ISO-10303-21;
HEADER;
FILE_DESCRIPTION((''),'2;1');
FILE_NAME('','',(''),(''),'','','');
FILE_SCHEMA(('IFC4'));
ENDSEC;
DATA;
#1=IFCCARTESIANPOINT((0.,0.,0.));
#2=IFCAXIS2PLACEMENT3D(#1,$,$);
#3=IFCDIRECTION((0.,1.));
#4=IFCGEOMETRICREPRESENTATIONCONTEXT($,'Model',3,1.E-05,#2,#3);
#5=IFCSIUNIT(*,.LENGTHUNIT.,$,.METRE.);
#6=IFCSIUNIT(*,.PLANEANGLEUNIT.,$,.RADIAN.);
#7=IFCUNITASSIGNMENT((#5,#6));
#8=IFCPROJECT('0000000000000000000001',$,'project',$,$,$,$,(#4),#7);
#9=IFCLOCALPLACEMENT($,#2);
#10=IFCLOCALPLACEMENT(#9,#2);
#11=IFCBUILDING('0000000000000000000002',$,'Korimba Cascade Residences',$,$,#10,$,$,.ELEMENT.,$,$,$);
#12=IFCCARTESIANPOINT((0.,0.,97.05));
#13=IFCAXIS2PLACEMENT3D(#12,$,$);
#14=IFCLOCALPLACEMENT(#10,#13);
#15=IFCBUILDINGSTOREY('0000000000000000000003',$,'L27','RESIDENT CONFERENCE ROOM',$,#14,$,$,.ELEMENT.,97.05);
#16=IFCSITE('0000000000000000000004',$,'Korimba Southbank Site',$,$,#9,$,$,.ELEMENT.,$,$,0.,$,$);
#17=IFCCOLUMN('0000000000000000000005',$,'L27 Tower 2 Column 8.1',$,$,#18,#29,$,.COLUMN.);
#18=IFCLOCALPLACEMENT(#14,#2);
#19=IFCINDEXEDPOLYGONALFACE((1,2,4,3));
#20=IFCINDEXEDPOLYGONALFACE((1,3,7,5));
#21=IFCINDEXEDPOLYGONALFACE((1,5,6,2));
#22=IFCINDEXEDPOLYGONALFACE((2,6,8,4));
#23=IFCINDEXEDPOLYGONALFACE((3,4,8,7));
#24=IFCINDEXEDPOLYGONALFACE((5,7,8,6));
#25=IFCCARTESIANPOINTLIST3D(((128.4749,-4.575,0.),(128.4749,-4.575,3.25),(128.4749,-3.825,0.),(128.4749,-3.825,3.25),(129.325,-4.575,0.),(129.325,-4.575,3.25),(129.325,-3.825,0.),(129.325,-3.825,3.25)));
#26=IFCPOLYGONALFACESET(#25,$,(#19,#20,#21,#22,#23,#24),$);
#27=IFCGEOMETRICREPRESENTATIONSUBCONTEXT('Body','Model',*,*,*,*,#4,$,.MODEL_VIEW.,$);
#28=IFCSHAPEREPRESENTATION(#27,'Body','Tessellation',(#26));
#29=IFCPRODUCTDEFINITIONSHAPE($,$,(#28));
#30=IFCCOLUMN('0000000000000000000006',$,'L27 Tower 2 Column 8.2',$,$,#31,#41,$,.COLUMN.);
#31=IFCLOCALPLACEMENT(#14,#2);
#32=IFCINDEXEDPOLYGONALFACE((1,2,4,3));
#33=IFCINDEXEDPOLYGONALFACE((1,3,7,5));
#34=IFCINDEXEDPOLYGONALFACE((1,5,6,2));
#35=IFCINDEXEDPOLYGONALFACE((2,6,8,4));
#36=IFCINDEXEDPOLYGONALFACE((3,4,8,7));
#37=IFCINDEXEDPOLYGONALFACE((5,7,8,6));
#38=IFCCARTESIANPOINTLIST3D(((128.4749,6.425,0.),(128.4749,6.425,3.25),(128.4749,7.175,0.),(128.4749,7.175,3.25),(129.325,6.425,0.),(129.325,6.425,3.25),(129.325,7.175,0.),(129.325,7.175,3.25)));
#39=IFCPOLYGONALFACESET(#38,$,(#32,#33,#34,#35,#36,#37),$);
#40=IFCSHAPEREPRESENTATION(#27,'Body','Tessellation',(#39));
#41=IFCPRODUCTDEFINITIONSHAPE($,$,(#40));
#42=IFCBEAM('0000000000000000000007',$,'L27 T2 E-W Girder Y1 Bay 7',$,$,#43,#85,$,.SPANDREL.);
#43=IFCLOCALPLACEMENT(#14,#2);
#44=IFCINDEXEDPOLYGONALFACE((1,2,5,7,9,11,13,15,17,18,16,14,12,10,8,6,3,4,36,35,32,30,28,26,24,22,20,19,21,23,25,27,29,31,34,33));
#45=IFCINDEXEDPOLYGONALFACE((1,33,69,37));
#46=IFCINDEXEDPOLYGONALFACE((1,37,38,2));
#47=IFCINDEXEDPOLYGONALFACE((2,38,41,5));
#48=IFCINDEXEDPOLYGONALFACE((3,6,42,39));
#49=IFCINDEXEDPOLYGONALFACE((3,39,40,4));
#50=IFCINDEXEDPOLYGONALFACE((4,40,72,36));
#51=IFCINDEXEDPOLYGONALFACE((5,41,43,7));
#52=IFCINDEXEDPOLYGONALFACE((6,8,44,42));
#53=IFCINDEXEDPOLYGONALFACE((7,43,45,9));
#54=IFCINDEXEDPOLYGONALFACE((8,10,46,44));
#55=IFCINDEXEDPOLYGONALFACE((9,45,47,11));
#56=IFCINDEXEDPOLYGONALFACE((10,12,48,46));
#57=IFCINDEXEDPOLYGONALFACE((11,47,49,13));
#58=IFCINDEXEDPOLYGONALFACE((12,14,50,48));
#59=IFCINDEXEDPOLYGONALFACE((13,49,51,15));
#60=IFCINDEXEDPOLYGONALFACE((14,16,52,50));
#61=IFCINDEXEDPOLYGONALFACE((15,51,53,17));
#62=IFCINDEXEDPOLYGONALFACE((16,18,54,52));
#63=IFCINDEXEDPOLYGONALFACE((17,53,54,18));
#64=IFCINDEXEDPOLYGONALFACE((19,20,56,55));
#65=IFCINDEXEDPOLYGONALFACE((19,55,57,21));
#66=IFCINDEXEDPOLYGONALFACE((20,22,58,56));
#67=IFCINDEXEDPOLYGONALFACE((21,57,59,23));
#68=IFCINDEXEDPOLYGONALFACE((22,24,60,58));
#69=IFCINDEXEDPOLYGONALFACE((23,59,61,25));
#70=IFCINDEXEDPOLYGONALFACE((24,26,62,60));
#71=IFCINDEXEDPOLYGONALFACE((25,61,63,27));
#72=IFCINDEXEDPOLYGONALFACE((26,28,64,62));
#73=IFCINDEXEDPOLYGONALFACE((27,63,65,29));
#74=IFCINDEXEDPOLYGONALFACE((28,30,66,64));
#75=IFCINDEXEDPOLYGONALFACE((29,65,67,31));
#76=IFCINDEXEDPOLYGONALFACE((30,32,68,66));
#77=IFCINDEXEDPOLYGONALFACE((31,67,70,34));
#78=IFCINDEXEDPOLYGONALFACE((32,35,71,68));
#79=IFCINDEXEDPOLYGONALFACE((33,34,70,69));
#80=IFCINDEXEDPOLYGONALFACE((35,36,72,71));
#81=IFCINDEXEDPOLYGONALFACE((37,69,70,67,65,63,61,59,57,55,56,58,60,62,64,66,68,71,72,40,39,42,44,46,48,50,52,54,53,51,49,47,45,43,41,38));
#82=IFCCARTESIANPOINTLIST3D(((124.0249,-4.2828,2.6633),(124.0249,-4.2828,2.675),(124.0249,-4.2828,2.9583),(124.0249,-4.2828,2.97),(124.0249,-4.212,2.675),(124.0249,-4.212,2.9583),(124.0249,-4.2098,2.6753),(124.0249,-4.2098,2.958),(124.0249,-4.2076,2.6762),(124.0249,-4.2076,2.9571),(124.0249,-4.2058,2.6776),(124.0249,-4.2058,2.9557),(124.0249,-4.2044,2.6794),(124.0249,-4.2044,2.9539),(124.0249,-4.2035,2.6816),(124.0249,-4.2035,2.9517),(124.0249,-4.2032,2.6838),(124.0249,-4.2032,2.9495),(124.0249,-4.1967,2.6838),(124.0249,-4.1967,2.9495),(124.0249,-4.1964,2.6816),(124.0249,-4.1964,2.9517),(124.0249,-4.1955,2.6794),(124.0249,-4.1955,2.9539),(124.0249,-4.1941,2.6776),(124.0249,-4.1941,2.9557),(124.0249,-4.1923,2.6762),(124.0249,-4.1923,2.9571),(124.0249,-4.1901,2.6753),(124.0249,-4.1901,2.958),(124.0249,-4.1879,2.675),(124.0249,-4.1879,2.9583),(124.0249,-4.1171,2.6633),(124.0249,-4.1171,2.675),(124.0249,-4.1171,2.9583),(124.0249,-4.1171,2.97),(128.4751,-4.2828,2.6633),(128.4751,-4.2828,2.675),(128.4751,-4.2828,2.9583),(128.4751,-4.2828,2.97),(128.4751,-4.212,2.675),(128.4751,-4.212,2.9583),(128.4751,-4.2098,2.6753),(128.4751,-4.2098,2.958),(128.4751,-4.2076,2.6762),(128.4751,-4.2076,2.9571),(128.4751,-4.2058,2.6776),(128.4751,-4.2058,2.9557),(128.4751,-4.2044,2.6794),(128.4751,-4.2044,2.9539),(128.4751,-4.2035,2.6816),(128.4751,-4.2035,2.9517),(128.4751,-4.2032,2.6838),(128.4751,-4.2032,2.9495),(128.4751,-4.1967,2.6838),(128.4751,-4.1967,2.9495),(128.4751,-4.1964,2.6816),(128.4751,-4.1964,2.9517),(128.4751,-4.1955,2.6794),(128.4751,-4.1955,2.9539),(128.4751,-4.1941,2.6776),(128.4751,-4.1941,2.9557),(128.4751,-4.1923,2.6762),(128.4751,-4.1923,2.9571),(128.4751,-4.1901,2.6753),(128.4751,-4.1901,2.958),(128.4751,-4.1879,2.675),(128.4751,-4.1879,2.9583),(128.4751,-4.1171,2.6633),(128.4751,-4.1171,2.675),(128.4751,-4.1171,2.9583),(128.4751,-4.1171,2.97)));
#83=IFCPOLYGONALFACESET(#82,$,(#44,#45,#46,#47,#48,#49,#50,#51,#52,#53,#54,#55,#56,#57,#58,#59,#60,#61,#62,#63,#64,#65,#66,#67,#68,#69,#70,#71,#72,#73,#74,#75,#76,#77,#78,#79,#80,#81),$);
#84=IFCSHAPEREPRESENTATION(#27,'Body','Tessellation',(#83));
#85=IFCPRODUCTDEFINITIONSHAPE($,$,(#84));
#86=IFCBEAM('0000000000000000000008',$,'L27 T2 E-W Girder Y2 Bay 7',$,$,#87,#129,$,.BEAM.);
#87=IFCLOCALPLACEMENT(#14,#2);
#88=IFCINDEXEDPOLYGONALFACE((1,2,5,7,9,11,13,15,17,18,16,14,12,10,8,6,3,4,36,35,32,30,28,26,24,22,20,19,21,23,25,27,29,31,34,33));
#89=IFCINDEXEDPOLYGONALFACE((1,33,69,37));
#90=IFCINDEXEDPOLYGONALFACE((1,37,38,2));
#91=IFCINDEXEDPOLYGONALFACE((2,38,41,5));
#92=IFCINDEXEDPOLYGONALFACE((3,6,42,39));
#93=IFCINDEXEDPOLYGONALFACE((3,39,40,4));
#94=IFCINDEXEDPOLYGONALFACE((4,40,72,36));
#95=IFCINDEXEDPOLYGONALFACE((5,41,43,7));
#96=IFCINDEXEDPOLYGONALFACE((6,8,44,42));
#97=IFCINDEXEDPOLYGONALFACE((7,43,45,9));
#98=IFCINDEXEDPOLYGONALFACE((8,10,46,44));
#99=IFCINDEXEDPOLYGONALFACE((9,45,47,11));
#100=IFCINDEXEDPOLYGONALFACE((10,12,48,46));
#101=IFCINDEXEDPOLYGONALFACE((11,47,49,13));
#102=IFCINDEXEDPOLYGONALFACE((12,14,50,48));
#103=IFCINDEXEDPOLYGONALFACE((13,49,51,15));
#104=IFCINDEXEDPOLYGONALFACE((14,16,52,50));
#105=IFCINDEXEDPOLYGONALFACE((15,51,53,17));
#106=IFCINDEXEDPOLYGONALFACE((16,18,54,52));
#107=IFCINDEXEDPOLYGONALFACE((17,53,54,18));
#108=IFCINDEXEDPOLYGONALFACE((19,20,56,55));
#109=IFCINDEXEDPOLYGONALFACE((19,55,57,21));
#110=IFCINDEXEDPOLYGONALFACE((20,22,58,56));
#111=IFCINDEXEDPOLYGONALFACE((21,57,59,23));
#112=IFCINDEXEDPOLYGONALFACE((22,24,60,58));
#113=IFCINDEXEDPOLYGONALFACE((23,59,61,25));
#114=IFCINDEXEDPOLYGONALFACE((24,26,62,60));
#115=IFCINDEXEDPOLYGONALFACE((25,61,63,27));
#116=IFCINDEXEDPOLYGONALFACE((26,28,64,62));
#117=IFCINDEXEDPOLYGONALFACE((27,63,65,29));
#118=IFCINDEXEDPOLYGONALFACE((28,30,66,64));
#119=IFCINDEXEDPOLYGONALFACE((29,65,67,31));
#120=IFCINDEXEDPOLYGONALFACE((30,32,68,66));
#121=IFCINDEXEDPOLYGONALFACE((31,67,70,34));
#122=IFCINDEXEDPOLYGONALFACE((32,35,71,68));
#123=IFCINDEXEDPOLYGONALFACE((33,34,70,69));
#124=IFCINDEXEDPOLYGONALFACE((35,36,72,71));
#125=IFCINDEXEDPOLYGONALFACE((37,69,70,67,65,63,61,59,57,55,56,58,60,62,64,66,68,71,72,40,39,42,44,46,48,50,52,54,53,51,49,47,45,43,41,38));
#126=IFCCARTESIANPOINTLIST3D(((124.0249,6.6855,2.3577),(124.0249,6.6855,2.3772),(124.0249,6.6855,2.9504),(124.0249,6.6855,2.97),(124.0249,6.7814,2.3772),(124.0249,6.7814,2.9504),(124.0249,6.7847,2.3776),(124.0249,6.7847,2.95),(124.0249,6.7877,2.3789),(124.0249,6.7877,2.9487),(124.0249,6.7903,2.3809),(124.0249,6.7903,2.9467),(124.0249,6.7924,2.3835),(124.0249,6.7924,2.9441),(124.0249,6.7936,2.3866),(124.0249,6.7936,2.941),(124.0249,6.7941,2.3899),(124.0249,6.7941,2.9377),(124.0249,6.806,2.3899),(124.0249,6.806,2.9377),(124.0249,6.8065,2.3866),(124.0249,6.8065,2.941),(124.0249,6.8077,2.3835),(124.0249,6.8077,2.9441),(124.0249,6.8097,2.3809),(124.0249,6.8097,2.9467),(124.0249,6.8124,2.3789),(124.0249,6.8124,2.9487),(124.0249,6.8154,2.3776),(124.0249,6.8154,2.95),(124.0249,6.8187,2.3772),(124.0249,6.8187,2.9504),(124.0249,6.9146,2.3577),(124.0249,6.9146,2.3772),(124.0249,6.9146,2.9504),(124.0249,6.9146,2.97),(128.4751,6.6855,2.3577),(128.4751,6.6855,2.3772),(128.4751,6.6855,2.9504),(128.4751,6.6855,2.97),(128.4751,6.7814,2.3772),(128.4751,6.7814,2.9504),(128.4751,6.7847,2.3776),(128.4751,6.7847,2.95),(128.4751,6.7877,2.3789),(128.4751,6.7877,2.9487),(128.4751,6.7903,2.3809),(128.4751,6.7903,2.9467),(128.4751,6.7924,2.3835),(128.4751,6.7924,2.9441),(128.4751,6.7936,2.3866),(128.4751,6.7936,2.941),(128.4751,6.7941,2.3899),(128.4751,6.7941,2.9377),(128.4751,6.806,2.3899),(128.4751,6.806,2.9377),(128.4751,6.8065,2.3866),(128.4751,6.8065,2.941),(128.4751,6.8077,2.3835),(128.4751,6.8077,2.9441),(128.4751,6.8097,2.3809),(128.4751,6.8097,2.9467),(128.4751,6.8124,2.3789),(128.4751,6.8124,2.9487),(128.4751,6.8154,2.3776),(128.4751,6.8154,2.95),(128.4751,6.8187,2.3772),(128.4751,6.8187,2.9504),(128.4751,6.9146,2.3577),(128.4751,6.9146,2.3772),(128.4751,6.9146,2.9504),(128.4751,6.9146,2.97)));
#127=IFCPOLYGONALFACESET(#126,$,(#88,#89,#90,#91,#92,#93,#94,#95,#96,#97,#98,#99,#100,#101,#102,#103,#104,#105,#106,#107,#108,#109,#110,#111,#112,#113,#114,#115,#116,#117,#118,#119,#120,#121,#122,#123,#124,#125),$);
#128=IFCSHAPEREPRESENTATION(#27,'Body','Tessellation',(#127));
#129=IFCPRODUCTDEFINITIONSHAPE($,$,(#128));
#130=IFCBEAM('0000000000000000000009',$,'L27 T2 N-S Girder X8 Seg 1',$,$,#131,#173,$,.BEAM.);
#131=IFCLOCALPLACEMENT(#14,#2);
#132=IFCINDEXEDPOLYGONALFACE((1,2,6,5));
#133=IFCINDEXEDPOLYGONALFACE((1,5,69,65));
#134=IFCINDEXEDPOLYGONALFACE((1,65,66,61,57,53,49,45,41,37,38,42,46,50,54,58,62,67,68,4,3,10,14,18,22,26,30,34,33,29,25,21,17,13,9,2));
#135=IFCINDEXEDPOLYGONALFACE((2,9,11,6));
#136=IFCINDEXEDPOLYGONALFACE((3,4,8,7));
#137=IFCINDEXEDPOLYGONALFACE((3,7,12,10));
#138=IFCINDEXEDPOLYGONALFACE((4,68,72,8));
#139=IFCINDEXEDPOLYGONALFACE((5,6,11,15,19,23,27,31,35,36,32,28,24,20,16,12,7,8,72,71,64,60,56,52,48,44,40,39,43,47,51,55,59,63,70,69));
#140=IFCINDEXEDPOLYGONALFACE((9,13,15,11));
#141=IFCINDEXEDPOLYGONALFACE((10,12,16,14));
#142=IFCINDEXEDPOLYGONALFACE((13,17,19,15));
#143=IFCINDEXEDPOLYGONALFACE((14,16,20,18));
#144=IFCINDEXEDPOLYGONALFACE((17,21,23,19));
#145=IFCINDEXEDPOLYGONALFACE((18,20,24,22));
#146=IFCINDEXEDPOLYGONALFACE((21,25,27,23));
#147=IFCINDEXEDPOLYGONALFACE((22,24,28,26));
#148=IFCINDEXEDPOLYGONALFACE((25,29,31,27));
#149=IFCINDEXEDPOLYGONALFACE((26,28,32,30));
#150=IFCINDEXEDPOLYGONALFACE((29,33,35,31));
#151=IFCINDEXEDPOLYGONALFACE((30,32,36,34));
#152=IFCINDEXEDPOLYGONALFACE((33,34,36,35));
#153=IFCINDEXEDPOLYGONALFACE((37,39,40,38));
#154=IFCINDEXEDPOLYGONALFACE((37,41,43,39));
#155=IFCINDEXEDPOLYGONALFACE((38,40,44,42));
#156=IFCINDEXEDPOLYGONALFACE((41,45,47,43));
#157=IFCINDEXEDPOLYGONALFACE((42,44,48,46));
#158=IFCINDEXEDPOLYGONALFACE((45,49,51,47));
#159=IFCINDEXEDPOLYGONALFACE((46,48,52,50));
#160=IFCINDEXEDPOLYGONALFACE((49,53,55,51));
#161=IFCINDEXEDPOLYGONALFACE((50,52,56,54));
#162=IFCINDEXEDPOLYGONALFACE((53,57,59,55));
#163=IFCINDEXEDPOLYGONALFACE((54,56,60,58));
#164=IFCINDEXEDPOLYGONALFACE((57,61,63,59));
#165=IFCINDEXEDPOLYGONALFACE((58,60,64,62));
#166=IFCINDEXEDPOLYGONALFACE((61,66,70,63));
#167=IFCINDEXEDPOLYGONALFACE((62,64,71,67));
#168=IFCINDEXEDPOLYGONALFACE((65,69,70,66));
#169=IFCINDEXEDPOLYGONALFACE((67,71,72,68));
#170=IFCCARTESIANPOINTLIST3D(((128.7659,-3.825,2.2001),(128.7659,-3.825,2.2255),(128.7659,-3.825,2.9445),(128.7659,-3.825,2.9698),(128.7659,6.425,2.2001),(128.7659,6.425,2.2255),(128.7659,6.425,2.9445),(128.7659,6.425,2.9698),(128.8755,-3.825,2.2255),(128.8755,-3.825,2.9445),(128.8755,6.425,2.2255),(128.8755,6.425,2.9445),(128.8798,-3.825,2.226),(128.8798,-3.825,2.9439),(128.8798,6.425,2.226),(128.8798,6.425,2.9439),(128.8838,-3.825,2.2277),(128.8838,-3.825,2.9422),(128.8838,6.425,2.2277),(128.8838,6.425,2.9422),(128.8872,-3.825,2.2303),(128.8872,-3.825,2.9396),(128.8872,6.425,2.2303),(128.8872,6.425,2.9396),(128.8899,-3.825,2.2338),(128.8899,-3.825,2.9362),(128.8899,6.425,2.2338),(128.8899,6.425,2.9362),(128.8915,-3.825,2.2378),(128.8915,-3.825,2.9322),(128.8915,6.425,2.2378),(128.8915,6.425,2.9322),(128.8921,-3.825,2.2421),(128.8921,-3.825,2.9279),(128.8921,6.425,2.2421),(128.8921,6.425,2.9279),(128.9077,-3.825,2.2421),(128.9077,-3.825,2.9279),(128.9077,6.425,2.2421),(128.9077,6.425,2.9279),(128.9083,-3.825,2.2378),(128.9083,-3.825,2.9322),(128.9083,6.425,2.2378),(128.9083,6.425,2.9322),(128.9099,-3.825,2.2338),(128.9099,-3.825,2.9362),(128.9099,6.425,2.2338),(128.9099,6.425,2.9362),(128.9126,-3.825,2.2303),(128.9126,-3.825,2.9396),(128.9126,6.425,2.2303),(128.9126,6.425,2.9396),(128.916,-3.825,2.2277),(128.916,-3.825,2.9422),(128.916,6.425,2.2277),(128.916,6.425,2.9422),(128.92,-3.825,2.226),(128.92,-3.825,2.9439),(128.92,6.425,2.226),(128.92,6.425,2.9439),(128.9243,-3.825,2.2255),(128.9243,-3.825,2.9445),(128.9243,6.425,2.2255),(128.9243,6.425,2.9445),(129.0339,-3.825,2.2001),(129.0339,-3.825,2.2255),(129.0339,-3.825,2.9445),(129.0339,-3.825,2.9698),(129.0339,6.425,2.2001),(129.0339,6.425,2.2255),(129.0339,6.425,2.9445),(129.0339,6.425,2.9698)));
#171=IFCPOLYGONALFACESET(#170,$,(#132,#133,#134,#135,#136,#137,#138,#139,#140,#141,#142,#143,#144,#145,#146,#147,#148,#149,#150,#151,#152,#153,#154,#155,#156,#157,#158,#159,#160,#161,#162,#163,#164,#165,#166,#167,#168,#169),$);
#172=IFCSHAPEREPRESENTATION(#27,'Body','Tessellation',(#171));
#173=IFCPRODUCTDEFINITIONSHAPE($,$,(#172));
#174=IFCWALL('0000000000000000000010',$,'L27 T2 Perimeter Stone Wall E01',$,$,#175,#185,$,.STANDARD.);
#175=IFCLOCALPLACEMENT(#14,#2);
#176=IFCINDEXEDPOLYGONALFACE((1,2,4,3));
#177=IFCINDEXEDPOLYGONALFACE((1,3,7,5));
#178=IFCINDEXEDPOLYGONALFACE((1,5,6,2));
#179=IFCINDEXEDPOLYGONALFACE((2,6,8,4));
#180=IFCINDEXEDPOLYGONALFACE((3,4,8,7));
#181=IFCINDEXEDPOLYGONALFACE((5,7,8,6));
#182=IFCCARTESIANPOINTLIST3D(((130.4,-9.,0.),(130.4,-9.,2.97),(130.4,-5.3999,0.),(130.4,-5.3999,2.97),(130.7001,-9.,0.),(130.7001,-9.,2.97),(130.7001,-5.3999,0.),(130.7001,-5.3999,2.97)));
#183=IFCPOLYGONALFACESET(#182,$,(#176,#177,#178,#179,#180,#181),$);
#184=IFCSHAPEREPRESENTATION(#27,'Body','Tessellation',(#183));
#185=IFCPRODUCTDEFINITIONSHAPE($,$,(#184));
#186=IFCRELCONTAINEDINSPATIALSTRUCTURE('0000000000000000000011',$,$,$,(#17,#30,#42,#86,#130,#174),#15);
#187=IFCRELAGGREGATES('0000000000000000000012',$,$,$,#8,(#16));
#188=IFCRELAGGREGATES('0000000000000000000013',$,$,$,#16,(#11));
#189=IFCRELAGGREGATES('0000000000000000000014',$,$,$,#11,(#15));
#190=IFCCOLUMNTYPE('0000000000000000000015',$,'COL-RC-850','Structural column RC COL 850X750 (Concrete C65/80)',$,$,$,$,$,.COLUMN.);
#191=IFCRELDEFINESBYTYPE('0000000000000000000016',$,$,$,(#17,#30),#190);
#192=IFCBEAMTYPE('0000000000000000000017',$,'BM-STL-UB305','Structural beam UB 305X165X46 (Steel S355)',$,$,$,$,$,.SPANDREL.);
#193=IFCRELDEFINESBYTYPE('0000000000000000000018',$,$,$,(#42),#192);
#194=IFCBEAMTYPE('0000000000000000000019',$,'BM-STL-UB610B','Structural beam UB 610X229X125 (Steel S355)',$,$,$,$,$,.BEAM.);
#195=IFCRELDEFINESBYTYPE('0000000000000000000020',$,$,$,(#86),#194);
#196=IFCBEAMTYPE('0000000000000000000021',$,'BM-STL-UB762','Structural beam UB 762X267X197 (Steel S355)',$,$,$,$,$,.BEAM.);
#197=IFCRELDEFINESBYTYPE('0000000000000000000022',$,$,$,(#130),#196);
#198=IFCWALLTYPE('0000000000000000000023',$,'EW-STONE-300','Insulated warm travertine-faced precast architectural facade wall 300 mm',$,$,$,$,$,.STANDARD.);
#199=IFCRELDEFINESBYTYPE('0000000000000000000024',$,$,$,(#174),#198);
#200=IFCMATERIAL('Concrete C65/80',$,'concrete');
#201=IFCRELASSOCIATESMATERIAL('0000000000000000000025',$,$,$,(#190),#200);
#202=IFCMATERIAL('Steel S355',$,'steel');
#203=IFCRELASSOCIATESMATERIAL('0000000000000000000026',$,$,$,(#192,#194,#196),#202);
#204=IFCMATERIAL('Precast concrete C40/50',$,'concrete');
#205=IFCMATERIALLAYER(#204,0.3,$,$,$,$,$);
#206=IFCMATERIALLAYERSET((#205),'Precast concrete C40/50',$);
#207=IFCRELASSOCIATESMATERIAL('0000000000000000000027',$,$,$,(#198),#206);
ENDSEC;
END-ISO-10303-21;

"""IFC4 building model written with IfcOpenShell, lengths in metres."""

from ifc_helpers import new_model, si_unit, direction, frame, frame_2d, origin, origin_2d, place, context, subcontext, project, spatial, rectangle, i_section, extrude, material, layer, layer_set, material_profile, profile_set, type_object, element, save


model = new_model("IFC4")

# Units and contexts
model_context = context("Model", 3, precision=1e-05, world=origin(), true_north=direction((0.0, 1.0)))
body_context = subcontext(model_context, "Body", "Model", "MODEL_VIEW")
ifc_project = project(units=[si_unit("LENGTHUNIT", "METRE"), si_unit("PLANEANGLEUNIT", "RADIAN")], contexts=[model_context])

# Site, building, storey
site_placement = place(None, origin())
site = spatial("IfcSite", under=ifc_project, at=site_placement, Name="Korimba Southbank Site", CompositionType="ELEMENT", RefElevation=0.0)
building_placement = place(site_placement, origin())
building = spatial("IfcBuilding", under=site, at=building_placement, Name="Korimba Cascade Residences", CompositionType="ELEMENT")
storey_placement = place(building_placement, frame((0.0, 0.0, 97.05)))
storey = spatial("IfcBuildingStorey", under=building, at=storey_placement, Name="L27", Description="RESIDENT CONFERENCE ROOM", CompositionType="ELEMENT", Elevation=97.05)

# Columns
ifc_material_1 = material(Name="Concrete C65/80", Category="concrete")
ifc_material_profile_1 = material_profile(ifc_material_1, rectangle(XDim=0.8501, YDim=0.75, at=origin_2d()), Name="Concrete C65/80")
ifc_profile_set_1 = profile_set([ifc_material_profile_1], Name="Concrete C65/80")
column_type = type_object("IfcColumnType", Name="COL-RC-850", Description="Structural column RC COL 850X750 (Concrete C65/80)", PredefinedType="COLUMN", material=ifc_profile_set_1)
for number, where, z_axis, x_axis, name in (
    (1, (128.8999, -4.2, 0.0), (0.0, 0.0, 1.0), (1.0, 0.0, 0.0), "L27 Tower 2 Column 8.1"),
    (2, (128.8999, 6.8, 0.0), (0.0, 0.0, 1.0), (1.0, 0.0, 0.0), "L27 Tower 2 Column 8.2"),
):
    element("IfcColumn", number, at=place(storey_placement, frame(where, z_axis=z_axis, x_axis=x_axis)), inside=storey, type_object=column_type, Name=name, PredefinedType="COLUMN", context=body_context, shape_type="SweptSolid", body=[
        extrude(rectangle(XDim=0.8501, YDim=0.75, at=origin_2d()), origin(), (0.0, 0.0, 1.0), 3.25),
    ])

# Beams
ifc_material_2 = material(Name="Steel S355", Category="steel")
ifc_material_profile_2 = material_profile(ifc_material_2, i_section(OverallWidth=0.1658, OverallDepth=0.3066, WebThickness=0.0066, FlangeThickness=0.0117, FilletRadius=0.0088, at=origin_2d()), Name="Steel S355")
ifc_profile_set_2 = profile_set([ifc_material_profile_2], Name="Steel S355")
beam_type_1 = type_object("IfcBeamType", Name="BM-STL-UB305", Description="Structural beam UB 305X165X46 (Steel S355)", PredefinedType="SPANDREL", material=ifc_profile_set_2)
beam_1_placement = place(storey_placement, frame((124.0249, -4.2, 2.8167), z_axis=(1.0, 0.0, 0.0), x_axis=(0.0, 1.0, 0.0)))
element("IfcBeam", 3, at=beam_1_placement, inside=storey, type_object=beam_type_1, Name="L27 T2 E-W Girder Y1 Bay 7", PredefinedType="SPANDREL", context=body_context, shape_type="SweptSolid", body=[
    extrude(i_section(OverallWidth=0.1658, OverallDepth=0.3066, WebThickness=0.0066, FlangeThickness=0.0117, FilletRadius=0.0088, at=origin_2d()), origin(), (0.0, 0.0, 1.0), 4.4502),
])
ifc_material_profile_3 = material_profile(ifc_material_2, i_section(OverallWidth=0.229, OverallDepth=0.6123, WebThickness=0.012, FlangeThickness=0.0195, FilletRadius=0.0127, at=origin_2d()), Name="Steel S355")
ifc_profile_set_3 = profile_set([ifc_material_profile_3], Name="Steel S355")
beam_type_2 = type_object("IfcBeamType", Name="BM-STL-UB610B", Description="Structural beam UB 610X229X125 (Steel S355)", PredefinedType="BEAM", material=ifc_profile_set_3)
beam_2_placement = place(storey_placement, frame((124.0249, 6.8, 2.6638), z_axis=(1.0, 0.0, 0.0), x_axis=(0.0, 1.0, 0.0)))
element("IfcBeam", 4, at=beam_2_placement, inside=storey, type_object=beam_type_2, Name="L27 T2 E-W Girder Y2 Bay 7", PredefinedType="BEAM", context=body_context, shape_type="SweptSolid", body=[
    extrude(i_section(OverallWidth=0.229, OverallDepth=0.6123, WebThickness=0.012, FlangeThickness=0.0195, FilletRadius=0.0127, at=origin_2d()), origin(), (0.0, 0.0, 1.0), 4.4502),
])
ifc_material_profile_4 = material_profile(ifc_material_2, i_section(OverallWidth=0.2681, OverallDepth=0.7698, WebThickness=0.0156, FlangeThickness=0.0254, FilletRadius=0.0166, at=origin_2d()), Name="Steel S355")
ifc_profile_set_4 = profile_set([ifc_material_profile_4], Name="Steel S355")
beam_type_3 = type_object("IfcBeamType", Name="BM-STL-UB762", Description="Structural beam UB 762X267X197 (Steel S355)", PredefinedType="BEAM", material=ifc_profile_set_4)
beam_3_placement = place(storey_placement, frame((128.8999, -3.825, 2.585), z_axis=(0.0, 1.0, 0.0), x_axis=(-1.0, 0.0, 0.0)))
element("IfcBeam", 5, at=beam_3_placement, inside=storey, type_object=beam_type_3, Name="L27 T2 N-S Girder X8 Seg 1", PredefinedType="BEAM", context=body_context, shape_type="SweptSolid", body=[
    extrude(i_section(OverallWidth=0.2681, OverallDepth=0.7698, WebThickness=0.0156, FlangeThickness=0.0254, FilletRadius=0.0166, at=origin_2d()), origin(), (0.0, 0.0, 1.0), 10.25),
])

# Wall
ifc_material_3 = material(Name="Precast concrete C40/50", Category="concrete")
ifc_layer_1 = layer(ifc_material_3, 0.3)
ifc_layer_set_1 = layer_set([ifc_layer_1], Name="Precast concrete C40/50")
wall_type_1 = type_object("IfcWallType", Name="EW-STONE-300", Description="Insulated warm travertine-faced precast architectural facade wall 300 mm", PredefinedType="STANDARD", material=ifc_layer_set_1)
for number, where, z_axis, x_axis, name in (
    (6, (130.55, -9.0, 0.0), (0.0, 0.0, 1.0), (0.0, 1.0, 0.0), "L27 T2 Perimeter Stone Wall E01"),
):
    element("IfcWall", number, at=place(storey_placement, frame(where, z_axis=z_axis, x_axis=x_axis)), inside=storey, type_object=wall_type_1, Name=name, PredefinedType="STANDARD", context=body_context, shape_type="SweptSolid", body=[
        extrude(rectangle(XDim=3.6001, YDim=0.3, at=frame_2d((1.8, 0.0))), origin(), (0.0, 0.0, 1.0), 2.97),
    ])

save(model, "model.ifc")
